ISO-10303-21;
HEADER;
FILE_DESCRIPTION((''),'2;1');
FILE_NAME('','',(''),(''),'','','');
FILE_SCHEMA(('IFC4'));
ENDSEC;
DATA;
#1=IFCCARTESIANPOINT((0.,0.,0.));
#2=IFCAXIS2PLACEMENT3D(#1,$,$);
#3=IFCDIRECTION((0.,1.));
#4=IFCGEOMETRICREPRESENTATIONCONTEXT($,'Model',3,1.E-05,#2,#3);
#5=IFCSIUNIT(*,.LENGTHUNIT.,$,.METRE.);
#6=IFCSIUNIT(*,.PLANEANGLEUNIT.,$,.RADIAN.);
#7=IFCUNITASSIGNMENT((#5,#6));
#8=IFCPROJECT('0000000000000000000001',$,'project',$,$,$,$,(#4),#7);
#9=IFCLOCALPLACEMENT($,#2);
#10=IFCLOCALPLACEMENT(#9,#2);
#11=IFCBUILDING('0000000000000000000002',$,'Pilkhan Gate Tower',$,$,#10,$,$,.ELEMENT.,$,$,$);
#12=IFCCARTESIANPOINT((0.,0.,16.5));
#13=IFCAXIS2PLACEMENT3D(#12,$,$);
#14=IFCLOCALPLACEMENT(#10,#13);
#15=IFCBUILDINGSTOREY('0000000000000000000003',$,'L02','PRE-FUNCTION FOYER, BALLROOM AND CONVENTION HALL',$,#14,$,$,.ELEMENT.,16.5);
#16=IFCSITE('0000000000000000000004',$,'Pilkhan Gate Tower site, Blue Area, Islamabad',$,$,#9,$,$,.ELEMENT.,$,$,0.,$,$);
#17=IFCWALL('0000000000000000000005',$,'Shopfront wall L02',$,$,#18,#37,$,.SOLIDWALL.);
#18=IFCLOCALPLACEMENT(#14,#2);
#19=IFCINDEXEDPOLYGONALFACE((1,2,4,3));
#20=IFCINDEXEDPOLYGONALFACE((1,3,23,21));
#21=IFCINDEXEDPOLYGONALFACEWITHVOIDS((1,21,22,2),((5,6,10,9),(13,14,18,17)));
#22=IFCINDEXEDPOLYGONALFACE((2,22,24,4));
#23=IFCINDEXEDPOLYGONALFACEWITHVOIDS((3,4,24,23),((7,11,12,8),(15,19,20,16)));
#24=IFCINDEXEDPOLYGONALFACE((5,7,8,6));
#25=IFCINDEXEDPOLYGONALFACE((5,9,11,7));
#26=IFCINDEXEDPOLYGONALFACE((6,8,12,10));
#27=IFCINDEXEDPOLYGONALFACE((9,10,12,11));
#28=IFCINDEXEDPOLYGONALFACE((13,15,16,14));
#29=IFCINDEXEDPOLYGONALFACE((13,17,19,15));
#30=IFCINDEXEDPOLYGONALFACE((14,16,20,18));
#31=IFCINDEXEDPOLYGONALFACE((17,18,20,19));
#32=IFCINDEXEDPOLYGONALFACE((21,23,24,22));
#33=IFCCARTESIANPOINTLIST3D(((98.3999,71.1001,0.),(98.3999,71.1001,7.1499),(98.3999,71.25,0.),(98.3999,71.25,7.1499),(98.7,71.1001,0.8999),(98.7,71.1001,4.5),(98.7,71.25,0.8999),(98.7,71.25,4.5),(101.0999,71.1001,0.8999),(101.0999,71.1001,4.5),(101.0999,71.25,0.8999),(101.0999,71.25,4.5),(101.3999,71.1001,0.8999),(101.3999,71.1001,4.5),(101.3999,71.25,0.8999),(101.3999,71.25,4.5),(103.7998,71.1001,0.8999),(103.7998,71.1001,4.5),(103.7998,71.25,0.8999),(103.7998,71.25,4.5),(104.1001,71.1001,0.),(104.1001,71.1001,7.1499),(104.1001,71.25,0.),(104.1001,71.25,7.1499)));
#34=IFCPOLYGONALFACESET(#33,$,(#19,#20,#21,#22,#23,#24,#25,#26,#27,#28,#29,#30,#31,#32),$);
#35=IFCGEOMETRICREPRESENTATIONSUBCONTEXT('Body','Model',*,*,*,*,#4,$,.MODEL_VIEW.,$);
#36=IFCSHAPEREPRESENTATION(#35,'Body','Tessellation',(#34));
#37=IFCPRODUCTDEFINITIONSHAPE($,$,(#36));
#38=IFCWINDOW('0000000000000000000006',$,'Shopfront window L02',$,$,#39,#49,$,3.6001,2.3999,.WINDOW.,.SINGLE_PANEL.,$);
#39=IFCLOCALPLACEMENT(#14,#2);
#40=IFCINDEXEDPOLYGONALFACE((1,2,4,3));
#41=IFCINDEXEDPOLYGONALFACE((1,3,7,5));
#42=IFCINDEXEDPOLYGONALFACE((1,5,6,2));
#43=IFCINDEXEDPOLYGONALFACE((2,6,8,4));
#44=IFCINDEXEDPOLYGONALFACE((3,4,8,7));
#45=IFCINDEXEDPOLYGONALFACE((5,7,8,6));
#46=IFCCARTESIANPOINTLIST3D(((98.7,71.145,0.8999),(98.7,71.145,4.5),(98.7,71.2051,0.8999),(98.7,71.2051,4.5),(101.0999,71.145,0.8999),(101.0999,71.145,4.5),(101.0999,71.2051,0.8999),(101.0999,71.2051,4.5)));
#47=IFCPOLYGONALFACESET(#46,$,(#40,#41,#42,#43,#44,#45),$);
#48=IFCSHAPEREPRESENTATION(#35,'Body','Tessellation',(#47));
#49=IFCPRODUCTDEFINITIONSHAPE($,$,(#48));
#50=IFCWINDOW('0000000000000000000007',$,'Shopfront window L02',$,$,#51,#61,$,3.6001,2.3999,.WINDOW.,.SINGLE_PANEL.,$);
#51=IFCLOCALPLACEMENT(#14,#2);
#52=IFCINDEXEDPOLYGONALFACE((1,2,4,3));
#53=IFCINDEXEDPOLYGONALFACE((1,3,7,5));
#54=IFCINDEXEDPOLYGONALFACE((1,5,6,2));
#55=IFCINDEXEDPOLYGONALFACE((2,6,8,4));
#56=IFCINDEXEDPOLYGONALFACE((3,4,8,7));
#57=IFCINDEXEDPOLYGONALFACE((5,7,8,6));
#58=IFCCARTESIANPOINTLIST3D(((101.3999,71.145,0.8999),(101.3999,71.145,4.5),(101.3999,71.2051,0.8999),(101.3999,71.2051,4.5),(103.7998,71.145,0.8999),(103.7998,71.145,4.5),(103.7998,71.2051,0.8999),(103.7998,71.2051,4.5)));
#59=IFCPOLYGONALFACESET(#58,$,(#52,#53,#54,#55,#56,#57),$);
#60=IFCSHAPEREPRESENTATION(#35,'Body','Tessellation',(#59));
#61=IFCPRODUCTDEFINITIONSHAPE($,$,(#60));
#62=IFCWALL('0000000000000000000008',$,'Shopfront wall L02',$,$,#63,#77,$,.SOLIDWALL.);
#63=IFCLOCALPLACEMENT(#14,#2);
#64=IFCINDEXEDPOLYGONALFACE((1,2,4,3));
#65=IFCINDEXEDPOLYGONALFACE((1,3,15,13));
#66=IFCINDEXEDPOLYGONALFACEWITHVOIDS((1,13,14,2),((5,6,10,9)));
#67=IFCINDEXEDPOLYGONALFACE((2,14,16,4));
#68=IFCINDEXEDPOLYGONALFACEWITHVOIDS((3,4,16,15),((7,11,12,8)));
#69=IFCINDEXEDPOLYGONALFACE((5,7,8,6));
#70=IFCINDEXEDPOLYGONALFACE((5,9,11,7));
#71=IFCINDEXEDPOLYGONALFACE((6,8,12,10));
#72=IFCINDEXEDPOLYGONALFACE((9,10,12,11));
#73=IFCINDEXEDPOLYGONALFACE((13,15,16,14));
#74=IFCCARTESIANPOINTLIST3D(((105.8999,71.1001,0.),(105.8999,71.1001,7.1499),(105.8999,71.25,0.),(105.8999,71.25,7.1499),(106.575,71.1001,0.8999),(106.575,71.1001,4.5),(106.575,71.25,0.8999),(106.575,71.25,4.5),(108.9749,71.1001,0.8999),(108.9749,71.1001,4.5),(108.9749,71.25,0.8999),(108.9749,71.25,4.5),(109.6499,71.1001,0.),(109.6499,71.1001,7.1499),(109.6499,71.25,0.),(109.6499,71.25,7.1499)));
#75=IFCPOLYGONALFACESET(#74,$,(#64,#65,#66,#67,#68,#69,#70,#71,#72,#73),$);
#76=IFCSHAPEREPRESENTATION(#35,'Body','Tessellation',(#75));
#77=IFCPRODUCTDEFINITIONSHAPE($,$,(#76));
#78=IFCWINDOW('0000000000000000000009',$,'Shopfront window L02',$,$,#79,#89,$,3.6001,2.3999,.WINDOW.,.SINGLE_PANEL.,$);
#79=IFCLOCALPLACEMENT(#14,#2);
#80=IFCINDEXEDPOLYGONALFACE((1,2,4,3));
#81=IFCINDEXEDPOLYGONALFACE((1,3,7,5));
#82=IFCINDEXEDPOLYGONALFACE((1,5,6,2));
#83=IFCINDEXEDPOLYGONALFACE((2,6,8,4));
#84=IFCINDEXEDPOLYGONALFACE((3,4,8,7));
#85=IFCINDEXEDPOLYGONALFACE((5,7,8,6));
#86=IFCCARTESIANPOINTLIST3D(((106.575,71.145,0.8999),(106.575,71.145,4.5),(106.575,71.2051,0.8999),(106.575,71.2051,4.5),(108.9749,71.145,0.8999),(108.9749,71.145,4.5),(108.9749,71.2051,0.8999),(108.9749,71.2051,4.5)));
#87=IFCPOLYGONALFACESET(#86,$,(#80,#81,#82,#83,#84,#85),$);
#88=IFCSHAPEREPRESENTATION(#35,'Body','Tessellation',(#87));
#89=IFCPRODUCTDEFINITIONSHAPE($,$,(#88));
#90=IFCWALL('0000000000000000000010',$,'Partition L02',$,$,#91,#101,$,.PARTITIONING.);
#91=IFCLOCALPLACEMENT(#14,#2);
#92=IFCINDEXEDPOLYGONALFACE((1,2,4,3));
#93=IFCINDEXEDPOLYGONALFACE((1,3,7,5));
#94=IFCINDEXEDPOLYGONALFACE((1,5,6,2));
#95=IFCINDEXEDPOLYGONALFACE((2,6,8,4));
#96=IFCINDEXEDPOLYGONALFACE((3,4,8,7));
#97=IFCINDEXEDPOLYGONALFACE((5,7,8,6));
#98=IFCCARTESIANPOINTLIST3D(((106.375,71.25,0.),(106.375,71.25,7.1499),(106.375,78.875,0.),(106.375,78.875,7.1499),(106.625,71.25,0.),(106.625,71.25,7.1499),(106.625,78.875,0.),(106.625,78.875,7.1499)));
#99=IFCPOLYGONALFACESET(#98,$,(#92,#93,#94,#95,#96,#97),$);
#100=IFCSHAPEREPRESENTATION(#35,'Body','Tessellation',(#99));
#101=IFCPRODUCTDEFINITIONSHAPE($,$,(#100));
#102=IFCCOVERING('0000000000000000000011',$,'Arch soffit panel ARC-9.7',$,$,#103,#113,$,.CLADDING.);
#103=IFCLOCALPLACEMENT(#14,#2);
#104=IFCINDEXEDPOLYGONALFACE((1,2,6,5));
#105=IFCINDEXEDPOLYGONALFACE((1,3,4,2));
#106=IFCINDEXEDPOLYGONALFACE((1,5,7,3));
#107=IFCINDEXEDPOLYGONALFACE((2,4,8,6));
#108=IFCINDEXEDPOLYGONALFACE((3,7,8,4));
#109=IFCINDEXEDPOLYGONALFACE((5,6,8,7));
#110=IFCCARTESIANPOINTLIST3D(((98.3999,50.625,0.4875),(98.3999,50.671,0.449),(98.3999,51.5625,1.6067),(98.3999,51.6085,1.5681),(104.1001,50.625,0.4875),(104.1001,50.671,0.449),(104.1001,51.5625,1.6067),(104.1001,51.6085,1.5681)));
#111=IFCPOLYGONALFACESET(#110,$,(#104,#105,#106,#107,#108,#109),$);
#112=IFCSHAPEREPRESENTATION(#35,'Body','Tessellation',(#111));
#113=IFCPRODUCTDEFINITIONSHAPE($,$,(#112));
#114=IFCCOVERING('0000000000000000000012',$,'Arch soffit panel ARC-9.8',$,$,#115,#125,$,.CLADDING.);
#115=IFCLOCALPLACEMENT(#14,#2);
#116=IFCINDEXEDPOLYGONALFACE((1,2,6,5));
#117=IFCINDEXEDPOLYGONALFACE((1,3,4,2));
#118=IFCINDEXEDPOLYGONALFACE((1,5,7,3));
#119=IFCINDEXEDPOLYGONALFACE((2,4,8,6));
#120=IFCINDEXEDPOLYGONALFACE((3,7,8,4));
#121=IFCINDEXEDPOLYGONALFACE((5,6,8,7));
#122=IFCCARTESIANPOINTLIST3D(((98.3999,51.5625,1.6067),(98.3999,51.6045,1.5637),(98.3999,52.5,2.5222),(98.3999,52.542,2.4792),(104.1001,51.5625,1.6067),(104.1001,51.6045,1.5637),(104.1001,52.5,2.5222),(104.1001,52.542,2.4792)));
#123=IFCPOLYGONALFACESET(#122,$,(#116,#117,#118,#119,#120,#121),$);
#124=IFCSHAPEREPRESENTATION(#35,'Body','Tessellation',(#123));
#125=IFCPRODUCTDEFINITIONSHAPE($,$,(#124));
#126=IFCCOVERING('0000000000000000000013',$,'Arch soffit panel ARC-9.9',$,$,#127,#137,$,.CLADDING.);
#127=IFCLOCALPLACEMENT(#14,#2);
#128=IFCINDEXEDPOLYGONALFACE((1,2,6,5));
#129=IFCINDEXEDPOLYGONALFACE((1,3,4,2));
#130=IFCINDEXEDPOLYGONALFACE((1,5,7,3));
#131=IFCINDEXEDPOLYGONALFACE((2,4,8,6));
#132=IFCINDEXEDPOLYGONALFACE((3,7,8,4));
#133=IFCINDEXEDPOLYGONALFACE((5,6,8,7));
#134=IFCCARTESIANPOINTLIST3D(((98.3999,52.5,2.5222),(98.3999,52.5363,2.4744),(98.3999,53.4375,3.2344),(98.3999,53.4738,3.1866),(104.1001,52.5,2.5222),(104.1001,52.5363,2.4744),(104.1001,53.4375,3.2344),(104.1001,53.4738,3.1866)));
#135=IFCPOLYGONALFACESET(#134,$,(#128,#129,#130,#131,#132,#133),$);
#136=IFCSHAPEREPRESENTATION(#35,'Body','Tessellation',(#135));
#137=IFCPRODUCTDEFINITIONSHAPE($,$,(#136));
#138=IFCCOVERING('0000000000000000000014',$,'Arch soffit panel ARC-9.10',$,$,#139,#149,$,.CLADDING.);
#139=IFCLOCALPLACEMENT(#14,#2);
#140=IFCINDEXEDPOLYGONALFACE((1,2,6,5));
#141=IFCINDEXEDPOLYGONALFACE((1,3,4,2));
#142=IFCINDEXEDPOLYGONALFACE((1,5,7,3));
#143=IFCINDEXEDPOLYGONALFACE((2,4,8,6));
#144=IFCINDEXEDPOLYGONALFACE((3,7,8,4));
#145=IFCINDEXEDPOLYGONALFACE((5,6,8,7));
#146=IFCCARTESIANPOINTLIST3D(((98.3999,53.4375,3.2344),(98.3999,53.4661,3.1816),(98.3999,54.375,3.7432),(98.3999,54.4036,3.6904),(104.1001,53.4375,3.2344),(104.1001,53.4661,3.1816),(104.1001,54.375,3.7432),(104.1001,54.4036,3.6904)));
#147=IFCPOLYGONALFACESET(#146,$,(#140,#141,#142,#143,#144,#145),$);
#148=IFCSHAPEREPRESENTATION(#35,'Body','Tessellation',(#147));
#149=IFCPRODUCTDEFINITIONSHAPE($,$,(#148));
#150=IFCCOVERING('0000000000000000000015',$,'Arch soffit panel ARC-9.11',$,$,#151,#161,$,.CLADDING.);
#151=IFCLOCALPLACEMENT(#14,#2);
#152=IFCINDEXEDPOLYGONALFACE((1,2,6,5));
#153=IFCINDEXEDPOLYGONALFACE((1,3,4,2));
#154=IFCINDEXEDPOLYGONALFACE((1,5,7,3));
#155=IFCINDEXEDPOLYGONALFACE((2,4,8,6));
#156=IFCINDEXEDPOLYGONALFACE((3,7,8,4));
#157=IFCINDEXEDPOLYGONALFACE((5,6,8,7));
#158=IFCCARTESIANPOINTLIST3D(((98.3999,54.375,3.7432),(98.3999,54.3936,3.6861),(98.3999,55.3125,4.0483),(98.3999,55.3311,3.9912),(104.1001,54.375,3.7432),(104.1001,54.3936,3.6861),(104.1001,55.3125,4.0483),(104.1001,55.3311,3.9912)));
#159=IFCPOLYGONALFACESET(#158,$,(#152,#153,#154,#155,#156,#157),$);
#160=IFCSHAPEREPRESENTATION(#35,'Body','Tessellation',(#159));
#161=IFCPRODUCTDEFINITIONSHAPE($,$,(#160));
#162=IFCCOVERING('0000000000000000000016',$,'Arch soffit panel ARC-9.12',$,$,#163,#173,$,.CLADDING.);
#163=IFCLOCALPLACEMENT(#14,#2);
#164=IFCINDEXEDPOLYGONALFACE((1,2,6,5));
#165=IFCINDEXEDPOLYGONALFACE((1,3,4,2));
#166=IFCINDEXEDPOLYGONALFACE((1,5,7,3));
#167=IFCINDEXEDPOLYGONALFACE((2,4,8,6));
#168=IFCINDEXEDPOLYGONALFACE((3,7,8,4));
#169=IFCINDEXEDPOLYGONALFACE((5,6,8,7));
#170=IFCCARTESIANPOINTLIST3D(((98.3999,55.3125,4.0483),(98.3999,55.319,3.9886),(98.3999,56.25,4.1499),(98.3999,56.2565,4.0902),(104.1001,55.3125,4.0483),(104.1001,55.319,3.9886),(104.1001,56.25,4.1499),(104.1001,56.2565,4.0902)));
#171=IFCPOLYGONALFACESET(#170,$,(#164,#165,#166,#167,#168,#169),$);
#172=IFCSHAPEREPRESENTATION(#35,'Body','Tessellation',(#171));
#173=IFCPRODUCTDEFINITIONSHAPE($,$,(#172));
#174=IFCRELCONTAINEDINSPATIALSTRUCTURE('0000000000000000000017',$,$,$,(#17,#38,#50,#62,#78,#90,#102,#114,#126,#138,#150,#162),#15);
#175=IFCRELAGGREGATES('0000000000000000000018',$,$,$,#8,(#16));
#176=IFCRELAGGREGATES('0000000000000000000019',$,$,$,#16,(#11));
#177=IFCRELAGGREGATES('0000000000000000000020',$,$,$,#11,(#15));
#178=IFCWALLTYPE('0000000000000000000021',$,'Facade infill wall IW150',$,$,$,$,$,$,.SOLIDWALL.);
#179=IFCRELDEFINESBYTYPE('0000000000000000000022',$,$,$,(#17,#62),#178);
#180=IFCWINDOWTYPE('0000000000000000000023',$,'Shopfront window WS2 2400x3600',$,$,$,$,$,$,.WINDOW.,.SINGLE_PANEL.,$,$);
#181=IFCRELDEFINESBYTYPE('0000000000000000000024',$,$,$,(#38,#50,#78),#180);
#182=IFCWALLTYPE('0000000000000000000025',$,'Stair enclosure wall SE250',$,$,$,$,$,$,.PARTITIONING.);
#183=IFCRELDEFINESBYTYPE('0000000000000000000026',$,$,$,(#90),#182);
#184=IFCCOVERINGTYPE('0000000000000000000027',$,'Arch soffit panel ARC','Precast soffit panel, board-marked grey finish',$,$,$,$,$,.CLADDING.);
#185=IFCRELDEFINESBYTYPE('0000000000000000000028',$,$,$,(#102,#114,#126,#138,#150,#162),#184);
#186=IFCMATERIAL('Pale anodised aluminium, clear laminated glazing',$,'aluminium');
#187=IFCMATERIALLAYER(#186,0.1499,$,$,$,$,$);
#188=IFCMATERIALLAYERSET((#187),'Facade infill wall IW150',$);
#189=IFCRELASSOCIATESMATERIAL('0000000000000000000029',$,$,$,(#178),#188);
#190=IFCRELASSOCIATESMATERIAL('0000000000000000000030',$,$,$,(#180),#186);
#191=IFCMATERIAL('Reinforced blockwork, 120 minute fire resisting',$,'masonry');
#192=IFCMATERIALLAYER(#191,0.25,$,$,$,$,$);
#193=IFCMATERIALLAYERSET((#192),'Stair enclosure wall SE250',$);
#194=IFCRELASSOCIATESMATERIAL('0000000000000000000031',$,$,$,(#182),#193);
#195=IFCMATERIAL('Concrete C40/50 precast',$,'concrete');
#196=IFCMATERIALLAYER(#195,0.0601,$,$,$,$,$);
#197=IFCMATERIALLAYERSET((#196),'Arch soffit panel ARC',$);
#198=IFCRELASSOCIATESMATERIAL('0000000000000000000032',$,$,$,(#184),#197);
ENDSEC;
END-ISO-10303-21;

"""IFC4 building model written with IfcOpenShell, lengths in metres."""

from ifc_helpers import new_model, si_unit, direction, frame, frame_2d, origin, place, context, subcontext, project, spatial, polyline, rectangle, outline, extrude, material, layer, layer_set, type_object, element, fill, save


model = new_model("IFC4")

# Units and contexts
model_context = context("Model", 3, precision=1e-05, world=origin(), true_north=direction((0.0, 1.0)))
body_context = subcontext(model_context, "Body", "Model", "MODEL_VIEW")
ifc_project = project(units=[si_unit("LENGTHUNIT", "METRE"), si_unit("PLANEANGLEUNIT", "RADIAN")], contexts=[model_context])

# Site, building, storey
site_placement = place(None, origin())
site = spatial("IfcSite", under=ifc_project, at=site_placement, Name="Pilkhan Gate Tower site, Blue Area, Islamabad", CompositionType="ELEMENT", RefElevation=0.0)
building_placement = place(site_placement, origin())
building = spatial("IfcBuilding", under=site, at=building_placement, Name="Pilkhan Gate Tower", CompositionType="ELEMENT")
storey_placement = place(building_placement, frame((0.0, 0.0, 16.5)))
storey = spatial("IfcBuildingStorey", under=building, at=storey_placement, Name="L02", Description="PRE-FUNCTION FOYER, BALLROOM AND CONVENTION HALL", CompositionType="ELEMENT", Elevation=16.5)

# Wall, openings, windows
ifc_material_1 = material(Name="Pale anodised aluminium, clear laminated glazing", Category="aluminium")
ifc_layer_1 = layer(ifc_material_1, 0.1499)
ifc_layer_set_1 = layer_set([ifc_layer_1], Name="Facade infill wall IW150")
wall_type_1 = type_object("IfcWallType", Name="Facade infill wall IW150", PredefinedType="SOLIDWALL", material=ifc_layer_set_1)
wall_1_placement = place(storey_placement, frame((98.3999, 71.175, 0.0), z_axis=(0.0, 0.0, 1.0), x_axis=(1.0, 0.0, 0.0)))
wall_1 = element("IfcWall", 1, at=wall_1_placement, inside=storey, type_object=wall_type_1, Name="Shopfront wall L02", PredefinedType="SOLIDWALL", context=body_context, shape_type="SweptSolid", body=[
    extrude(rectangle(XDim=5.7002, YDim=0.1499, at=frame_2d((2.8501, 0.0))), origin(), (0.0, 0.0, 1.0), 7.1499),
])
opening_1_placement = place(wall_1_placement, frame((0.3, 0.0, 0.8999)))
opening_1 = element("IfcOpeningElement", 2, at=opening_1_placement, cuts=wall_1, PredefinedType="OPENING", context=body_context, shape_type="SweptSolid", body=[
    extrude(rectangle(XDim=2.3999, YDim=3.6001, at=frame_2d((1.2, 1.8))), frame((0.0, 0.085, 0.0), z_axis=(0.0, -1.0, 0.0), x_axis=(1.0, 0.0, 0.0)), (0.0, 0.0, 1.0), 0.1699),
])
opening_2_placement = place(wall_1_placement, frame((3.0, 0.0, 0.8999)))
opening_2 = element("IfcOpeningElement", 3, at=opening_2_placement, cuts=wall_1, PredefinedType="OPENING", context=body_context, shape_type="SweptSolid", body=[
    extrude(rectangle(XDim=2.3999, YDim=3.6001, at=frame_2d((1.2, 1.8))), frame((0.0, 0.085, 0.0), z_axis=(0.0, -1.0, 0.0), x_axis=(1.0, 0.0, 0.0)), (0.0, 0.0, 1.0), 0.1699),
])
window_type = type_object("IfcWindowType", Name="Shopfront window WS2 2400x3600", PartitioningType="SINGLE_PANEL", PredefinedType="WINDOW", material=ifc_material_1)
window_1_placement = place(opening_1_placement, origin())
window_1 = element("IfcWindow", 4, at=window_1_placement, inside=storey, type_object=window_type, Name="Shopfront window L02", OverallHeight=3.6001, OverallWidth=2.3999, PartitioningType="SINGLE_PANEL", PredefinedType="WINDOW", context=body_context, shape_type="SweptSolid", body=[
    extrude(rectangle(XDim=2.3999, YDim=3.6001, at=frame_2d((1.2, 1.8))), frame((0.0, 0.03, 0.0), z_axis=(0.0, -1.0, 0.0), x_axis=(1.0, 0.0, 0.0)), (0.0, 0.0, 1.0), 0.0601),
])
fill(opening_1, window_1)
window_2_placement = place(opening_2_placement, origin())
window_2 = element("IfcWindow", 5, at=window_2_placement, inside=storey, type_object=window_type, Name="Shopfront window L02", OverallHeight=3.6001, OverallWidth=2.3999, PartitioningType="SINGLE_PANEL", PredefinedType="WINDOW", context=body_context, shape_type="SweptSolid", body=[
    extrude(rectangle(XDim=2.3999, YDim=3.6001, at=frame_2d((1.2, 1.8))), frame((0.0, 0.03, 0.0), z_axis=(0.0, -1.0, 0.0), x_axis=(1.0, 0.0, 0.0)), (0.0, 0.0, 1.0), 0.0601),
])
fill(opening_2, window_2)

# Wall, opening, window
wall_2_placement = place(storey_placement, frame((105.8999, 71.175, 0.0), z_axis=(0.0, 0.0, 1.0), x_axis=(1.0, 0.0, 0.0)))
wall_2 = element("IfcWall", 6, at=wall_2_placement, inside=storey, type_object=wall_type_1, Name="Shopfront wall L02", PredefinedType="SOLIDWALL", context=body_context, shape_type="SweptSolid", body=[
    extrude(rectangle(XDim=3.75, YDim=0.1499, at=frame_2d((1.875, 0.0))), origin(), (0.0, 0.0, 1.0), 7.1499),
])
opening_3_placement = place(wall_2_placement, frame((0.675, 0.0, 0.8999)))
opening_3 = element("IfcOpeningElement", 7, at=opening_3_placement, cuts=wall_2, PredefinedType="OPENING", context=body_context, shape_type="SweptSolid", body=[
    extrude(rectangle(XDim=2.3999, YDim=3.6001, at=frame_2d((1.2, 1.8))), frame((0.0, 0.085, 0.0), z_axis=(0.0, -1.0, 0.0), x_axis=(1.0, 0.0, 0.0)), (0.0, 0.0, 1.0), 0.1699),
])
window_3_placement = place(opening_3_placement, origin())
window_3 = element("IfcWindow", 8, at=window_3_placement, inside=storey, type_object=window_type, Name="Shopfront window L02", OverallHeight=3.6001, OverallWidth=2.3999, PartitioningType="SINGLE_PANEL", PredefinedType="WINDOW", context=body_context, shape_type="SweptSolid", body=[
    extrude(rectangle(XDim=2.3999, YDim=3.6001, at=frame_2d((1.2, 1.8))), frame((0.0, 0.03, 0.0), z_axis=(0.0, -1.0, 0.0), x_axis=(1.0, 0.0, 0.0)), (0.0, 0.0, 1.0), 0.0601),
])
fill(opening_3, window_3)

# Wall
ifc_material_2 = material(Name="Reinforced blockwork, 120 minute fire resisting", Category="masonry")
ifc_layer_2 = layer(ifc_material_2, 0.25)
ifc_layer_set_2 = layer_set([ifc_layer_2], Name="Stair enclosure wall SE250")
wall_type_2 = type_object("IfcWallType", Name="Stair enclosure wall SE250", PredefinedType="PARTITIONING", material=ifc_layer_set_2)
wall_3_placement = place(storey_placement, frame((106.5, 71.25, 0.0), z_axis=(0.0, 0.0, 1.0), x_axis=(0.0, 1.0, 0.0)))
element("IfcWall", 9, at=wall_3_placement, inside=storey, type_object=wall_type_2, Name="Partition L02", PredefinedType="PARTITIONING", context=body_context, shape_type="SweptSolid", body=[
    extrude(rectangle(XDim=7.625, YDim=0.25, at=frame_2d((3.8125, 0.0))), origin(), (0.0, 0.0, 1.0), 7.1499),
])

# Coverings
ifc_material_3 = material(Name="Concrete C40/50 precast", Category="concrete")
ifc_layer_3 = layer(ifc_material_3, 0.0601)
ifc_layer_set_3 = layer_set([ifc_layer_3], Name="Arch soffit panel ARC")
covering_type = type_object("IfcCoveringType", Name="Arch soffit panel ARC", Description="Precast soffit panel, board-marked grey finish", PredefinedType="CLADDING", material=ifc_layer_set_3)
covering_1_placement = place(storey_placement, frame((98.3999, 50.625, 0.4875), z_axis=(0.0, -0.766574, 0.642156), x_axis=(1.0, 0.0, 0.0)))
element("IfcCovering", 10, at=covering_1_placement, inside=storey, type_object=covering_type, Name="Arch soffit panel ARC-9.7", PredefinedType="CLADDING", context=body_context, shape_type="SweptSolid", body=[
    extrude(outline(polyline([(0.0, 0.0), (5.7002, 0.0), (5.7002, 1.4599), (0.0, 1.4599), (0.0, 0.0)])), origin(), (0.0, 0.0, -1.0), 0.0601),
])
covering_2_placement = place(storey_placement, frame((98.3999, 51.5625, 1.6067), z_axis=(0.0, -0.698673, 0.715441), x_axis=(1.0, 0.0, 0.0)))
element("IfcCovering", 11, at=covering_2_placement, inside=storey, type_object=covering_type, Name="Arch soffit panel ARC-9.8", PredefinedType="CLADDING", context=body_context, shape_type="SweptSolid", body=[
    extrude(outline(polyline([(0.0, 0.0), (5.7002, 0.0), (5.7002, 1.3104), (0.0, 1.3104), (0.0, 0.0)])), origin(), (0.0, 0.0, -1.0), 0.0601),
])
covering_3_placement = place(storey_placement, frame((98.3999, 52.5, 2.5222), z_axis=(0.0, -0.604899, 0.796302), x_axis=(1.0, 0.0, 0.0)))
element("IfcCovering", 12, at=covering_3_placement, inside=storey, type_object=covering_type, Name="Arch soffit panel ARC-9.9", PredefinedType="CLADDING", context=body_context, shape_type="SweptSolid", body=[
    extrude(outline(polyline([(0.0, 0.0), (5.7002, 0.0), (5.7002, 1.1773), (0.0, 1.1773), (0.0, 0.0)])), origin(), (0.0, 0.0, -1.0), 0.0601),
])
covering_4_placement = place(storey_placement, frame((98.3999, 53.4375, 3.2344), z_axis=(0.0, -0.476991, 0.878908), x_axis=(1.0, 0.0, 0.0)))
element("IfcCovering", 13, at=covering_4_placement, inside=storey, type_object=covering_type, Name="Arch soffit panel ARC-9.10", PredefinedType="CLADDING", context=body_context, shape_type="SweptSolid", body=[
    extrude(outline(polyline([(0.0, 0.0), (5.7002, 0.0), (5.7002, 1.0667), (0.0, 1.0667), (0.0, 0.0)])), origin(), (0.0, 0.0, -1.0), 0.0601),
])
covering_5_placement = place(storey_placement, frame((98.3999, 54.375, 3.7432), z_axis=(0.0, -0.309534, 0.950888), x_axis=(1.0, 0.0, 0.0)))
element("IfcCovering", 14, at=covering_5_placement, inside=storey, type_object=covering_type, Name="Arch soffit panel ARC-9.11", PredefinedType="CLADDING", context=body_context, shape_type="SweptSolid", body=[
    extrude(outline(polyline([(0.0, 0.0), (5.7002, 0.0), (5.7002, 0.9859), (0.0, 0.9859), (0.0, 0.0)])), origin(), (0.0, 0.0, -1.0), 0.0601),
])
for number, where, z_axis, x_axis, name in (
    (15, (98.3999, 55.3125, 4.0483), (0.0, -0.107703, 0.994183), (1.0, 0.0, 0.0), "Arch soffit panel ARC-9.12"),
):
    element("IfcCovering", number, at=place(storey_placement, frame(where, z_axis=z_axis, x_axis=x_axis)), inside=storey, type_object=covering_type, Name=name, PredefinedType="CLADDING", context=body_context, shape_type="SweptSolid", body=[
        extrude(outline(polyline([(0.0, 0.0), (5.7002, 0.0), (5.7002, 0.943), (0.0, 0.943), (0.0, 0.0)])), origin(), (0.0, 0.0, -1.0), 0.0601),
    ])

save(model, "model.ifc")
